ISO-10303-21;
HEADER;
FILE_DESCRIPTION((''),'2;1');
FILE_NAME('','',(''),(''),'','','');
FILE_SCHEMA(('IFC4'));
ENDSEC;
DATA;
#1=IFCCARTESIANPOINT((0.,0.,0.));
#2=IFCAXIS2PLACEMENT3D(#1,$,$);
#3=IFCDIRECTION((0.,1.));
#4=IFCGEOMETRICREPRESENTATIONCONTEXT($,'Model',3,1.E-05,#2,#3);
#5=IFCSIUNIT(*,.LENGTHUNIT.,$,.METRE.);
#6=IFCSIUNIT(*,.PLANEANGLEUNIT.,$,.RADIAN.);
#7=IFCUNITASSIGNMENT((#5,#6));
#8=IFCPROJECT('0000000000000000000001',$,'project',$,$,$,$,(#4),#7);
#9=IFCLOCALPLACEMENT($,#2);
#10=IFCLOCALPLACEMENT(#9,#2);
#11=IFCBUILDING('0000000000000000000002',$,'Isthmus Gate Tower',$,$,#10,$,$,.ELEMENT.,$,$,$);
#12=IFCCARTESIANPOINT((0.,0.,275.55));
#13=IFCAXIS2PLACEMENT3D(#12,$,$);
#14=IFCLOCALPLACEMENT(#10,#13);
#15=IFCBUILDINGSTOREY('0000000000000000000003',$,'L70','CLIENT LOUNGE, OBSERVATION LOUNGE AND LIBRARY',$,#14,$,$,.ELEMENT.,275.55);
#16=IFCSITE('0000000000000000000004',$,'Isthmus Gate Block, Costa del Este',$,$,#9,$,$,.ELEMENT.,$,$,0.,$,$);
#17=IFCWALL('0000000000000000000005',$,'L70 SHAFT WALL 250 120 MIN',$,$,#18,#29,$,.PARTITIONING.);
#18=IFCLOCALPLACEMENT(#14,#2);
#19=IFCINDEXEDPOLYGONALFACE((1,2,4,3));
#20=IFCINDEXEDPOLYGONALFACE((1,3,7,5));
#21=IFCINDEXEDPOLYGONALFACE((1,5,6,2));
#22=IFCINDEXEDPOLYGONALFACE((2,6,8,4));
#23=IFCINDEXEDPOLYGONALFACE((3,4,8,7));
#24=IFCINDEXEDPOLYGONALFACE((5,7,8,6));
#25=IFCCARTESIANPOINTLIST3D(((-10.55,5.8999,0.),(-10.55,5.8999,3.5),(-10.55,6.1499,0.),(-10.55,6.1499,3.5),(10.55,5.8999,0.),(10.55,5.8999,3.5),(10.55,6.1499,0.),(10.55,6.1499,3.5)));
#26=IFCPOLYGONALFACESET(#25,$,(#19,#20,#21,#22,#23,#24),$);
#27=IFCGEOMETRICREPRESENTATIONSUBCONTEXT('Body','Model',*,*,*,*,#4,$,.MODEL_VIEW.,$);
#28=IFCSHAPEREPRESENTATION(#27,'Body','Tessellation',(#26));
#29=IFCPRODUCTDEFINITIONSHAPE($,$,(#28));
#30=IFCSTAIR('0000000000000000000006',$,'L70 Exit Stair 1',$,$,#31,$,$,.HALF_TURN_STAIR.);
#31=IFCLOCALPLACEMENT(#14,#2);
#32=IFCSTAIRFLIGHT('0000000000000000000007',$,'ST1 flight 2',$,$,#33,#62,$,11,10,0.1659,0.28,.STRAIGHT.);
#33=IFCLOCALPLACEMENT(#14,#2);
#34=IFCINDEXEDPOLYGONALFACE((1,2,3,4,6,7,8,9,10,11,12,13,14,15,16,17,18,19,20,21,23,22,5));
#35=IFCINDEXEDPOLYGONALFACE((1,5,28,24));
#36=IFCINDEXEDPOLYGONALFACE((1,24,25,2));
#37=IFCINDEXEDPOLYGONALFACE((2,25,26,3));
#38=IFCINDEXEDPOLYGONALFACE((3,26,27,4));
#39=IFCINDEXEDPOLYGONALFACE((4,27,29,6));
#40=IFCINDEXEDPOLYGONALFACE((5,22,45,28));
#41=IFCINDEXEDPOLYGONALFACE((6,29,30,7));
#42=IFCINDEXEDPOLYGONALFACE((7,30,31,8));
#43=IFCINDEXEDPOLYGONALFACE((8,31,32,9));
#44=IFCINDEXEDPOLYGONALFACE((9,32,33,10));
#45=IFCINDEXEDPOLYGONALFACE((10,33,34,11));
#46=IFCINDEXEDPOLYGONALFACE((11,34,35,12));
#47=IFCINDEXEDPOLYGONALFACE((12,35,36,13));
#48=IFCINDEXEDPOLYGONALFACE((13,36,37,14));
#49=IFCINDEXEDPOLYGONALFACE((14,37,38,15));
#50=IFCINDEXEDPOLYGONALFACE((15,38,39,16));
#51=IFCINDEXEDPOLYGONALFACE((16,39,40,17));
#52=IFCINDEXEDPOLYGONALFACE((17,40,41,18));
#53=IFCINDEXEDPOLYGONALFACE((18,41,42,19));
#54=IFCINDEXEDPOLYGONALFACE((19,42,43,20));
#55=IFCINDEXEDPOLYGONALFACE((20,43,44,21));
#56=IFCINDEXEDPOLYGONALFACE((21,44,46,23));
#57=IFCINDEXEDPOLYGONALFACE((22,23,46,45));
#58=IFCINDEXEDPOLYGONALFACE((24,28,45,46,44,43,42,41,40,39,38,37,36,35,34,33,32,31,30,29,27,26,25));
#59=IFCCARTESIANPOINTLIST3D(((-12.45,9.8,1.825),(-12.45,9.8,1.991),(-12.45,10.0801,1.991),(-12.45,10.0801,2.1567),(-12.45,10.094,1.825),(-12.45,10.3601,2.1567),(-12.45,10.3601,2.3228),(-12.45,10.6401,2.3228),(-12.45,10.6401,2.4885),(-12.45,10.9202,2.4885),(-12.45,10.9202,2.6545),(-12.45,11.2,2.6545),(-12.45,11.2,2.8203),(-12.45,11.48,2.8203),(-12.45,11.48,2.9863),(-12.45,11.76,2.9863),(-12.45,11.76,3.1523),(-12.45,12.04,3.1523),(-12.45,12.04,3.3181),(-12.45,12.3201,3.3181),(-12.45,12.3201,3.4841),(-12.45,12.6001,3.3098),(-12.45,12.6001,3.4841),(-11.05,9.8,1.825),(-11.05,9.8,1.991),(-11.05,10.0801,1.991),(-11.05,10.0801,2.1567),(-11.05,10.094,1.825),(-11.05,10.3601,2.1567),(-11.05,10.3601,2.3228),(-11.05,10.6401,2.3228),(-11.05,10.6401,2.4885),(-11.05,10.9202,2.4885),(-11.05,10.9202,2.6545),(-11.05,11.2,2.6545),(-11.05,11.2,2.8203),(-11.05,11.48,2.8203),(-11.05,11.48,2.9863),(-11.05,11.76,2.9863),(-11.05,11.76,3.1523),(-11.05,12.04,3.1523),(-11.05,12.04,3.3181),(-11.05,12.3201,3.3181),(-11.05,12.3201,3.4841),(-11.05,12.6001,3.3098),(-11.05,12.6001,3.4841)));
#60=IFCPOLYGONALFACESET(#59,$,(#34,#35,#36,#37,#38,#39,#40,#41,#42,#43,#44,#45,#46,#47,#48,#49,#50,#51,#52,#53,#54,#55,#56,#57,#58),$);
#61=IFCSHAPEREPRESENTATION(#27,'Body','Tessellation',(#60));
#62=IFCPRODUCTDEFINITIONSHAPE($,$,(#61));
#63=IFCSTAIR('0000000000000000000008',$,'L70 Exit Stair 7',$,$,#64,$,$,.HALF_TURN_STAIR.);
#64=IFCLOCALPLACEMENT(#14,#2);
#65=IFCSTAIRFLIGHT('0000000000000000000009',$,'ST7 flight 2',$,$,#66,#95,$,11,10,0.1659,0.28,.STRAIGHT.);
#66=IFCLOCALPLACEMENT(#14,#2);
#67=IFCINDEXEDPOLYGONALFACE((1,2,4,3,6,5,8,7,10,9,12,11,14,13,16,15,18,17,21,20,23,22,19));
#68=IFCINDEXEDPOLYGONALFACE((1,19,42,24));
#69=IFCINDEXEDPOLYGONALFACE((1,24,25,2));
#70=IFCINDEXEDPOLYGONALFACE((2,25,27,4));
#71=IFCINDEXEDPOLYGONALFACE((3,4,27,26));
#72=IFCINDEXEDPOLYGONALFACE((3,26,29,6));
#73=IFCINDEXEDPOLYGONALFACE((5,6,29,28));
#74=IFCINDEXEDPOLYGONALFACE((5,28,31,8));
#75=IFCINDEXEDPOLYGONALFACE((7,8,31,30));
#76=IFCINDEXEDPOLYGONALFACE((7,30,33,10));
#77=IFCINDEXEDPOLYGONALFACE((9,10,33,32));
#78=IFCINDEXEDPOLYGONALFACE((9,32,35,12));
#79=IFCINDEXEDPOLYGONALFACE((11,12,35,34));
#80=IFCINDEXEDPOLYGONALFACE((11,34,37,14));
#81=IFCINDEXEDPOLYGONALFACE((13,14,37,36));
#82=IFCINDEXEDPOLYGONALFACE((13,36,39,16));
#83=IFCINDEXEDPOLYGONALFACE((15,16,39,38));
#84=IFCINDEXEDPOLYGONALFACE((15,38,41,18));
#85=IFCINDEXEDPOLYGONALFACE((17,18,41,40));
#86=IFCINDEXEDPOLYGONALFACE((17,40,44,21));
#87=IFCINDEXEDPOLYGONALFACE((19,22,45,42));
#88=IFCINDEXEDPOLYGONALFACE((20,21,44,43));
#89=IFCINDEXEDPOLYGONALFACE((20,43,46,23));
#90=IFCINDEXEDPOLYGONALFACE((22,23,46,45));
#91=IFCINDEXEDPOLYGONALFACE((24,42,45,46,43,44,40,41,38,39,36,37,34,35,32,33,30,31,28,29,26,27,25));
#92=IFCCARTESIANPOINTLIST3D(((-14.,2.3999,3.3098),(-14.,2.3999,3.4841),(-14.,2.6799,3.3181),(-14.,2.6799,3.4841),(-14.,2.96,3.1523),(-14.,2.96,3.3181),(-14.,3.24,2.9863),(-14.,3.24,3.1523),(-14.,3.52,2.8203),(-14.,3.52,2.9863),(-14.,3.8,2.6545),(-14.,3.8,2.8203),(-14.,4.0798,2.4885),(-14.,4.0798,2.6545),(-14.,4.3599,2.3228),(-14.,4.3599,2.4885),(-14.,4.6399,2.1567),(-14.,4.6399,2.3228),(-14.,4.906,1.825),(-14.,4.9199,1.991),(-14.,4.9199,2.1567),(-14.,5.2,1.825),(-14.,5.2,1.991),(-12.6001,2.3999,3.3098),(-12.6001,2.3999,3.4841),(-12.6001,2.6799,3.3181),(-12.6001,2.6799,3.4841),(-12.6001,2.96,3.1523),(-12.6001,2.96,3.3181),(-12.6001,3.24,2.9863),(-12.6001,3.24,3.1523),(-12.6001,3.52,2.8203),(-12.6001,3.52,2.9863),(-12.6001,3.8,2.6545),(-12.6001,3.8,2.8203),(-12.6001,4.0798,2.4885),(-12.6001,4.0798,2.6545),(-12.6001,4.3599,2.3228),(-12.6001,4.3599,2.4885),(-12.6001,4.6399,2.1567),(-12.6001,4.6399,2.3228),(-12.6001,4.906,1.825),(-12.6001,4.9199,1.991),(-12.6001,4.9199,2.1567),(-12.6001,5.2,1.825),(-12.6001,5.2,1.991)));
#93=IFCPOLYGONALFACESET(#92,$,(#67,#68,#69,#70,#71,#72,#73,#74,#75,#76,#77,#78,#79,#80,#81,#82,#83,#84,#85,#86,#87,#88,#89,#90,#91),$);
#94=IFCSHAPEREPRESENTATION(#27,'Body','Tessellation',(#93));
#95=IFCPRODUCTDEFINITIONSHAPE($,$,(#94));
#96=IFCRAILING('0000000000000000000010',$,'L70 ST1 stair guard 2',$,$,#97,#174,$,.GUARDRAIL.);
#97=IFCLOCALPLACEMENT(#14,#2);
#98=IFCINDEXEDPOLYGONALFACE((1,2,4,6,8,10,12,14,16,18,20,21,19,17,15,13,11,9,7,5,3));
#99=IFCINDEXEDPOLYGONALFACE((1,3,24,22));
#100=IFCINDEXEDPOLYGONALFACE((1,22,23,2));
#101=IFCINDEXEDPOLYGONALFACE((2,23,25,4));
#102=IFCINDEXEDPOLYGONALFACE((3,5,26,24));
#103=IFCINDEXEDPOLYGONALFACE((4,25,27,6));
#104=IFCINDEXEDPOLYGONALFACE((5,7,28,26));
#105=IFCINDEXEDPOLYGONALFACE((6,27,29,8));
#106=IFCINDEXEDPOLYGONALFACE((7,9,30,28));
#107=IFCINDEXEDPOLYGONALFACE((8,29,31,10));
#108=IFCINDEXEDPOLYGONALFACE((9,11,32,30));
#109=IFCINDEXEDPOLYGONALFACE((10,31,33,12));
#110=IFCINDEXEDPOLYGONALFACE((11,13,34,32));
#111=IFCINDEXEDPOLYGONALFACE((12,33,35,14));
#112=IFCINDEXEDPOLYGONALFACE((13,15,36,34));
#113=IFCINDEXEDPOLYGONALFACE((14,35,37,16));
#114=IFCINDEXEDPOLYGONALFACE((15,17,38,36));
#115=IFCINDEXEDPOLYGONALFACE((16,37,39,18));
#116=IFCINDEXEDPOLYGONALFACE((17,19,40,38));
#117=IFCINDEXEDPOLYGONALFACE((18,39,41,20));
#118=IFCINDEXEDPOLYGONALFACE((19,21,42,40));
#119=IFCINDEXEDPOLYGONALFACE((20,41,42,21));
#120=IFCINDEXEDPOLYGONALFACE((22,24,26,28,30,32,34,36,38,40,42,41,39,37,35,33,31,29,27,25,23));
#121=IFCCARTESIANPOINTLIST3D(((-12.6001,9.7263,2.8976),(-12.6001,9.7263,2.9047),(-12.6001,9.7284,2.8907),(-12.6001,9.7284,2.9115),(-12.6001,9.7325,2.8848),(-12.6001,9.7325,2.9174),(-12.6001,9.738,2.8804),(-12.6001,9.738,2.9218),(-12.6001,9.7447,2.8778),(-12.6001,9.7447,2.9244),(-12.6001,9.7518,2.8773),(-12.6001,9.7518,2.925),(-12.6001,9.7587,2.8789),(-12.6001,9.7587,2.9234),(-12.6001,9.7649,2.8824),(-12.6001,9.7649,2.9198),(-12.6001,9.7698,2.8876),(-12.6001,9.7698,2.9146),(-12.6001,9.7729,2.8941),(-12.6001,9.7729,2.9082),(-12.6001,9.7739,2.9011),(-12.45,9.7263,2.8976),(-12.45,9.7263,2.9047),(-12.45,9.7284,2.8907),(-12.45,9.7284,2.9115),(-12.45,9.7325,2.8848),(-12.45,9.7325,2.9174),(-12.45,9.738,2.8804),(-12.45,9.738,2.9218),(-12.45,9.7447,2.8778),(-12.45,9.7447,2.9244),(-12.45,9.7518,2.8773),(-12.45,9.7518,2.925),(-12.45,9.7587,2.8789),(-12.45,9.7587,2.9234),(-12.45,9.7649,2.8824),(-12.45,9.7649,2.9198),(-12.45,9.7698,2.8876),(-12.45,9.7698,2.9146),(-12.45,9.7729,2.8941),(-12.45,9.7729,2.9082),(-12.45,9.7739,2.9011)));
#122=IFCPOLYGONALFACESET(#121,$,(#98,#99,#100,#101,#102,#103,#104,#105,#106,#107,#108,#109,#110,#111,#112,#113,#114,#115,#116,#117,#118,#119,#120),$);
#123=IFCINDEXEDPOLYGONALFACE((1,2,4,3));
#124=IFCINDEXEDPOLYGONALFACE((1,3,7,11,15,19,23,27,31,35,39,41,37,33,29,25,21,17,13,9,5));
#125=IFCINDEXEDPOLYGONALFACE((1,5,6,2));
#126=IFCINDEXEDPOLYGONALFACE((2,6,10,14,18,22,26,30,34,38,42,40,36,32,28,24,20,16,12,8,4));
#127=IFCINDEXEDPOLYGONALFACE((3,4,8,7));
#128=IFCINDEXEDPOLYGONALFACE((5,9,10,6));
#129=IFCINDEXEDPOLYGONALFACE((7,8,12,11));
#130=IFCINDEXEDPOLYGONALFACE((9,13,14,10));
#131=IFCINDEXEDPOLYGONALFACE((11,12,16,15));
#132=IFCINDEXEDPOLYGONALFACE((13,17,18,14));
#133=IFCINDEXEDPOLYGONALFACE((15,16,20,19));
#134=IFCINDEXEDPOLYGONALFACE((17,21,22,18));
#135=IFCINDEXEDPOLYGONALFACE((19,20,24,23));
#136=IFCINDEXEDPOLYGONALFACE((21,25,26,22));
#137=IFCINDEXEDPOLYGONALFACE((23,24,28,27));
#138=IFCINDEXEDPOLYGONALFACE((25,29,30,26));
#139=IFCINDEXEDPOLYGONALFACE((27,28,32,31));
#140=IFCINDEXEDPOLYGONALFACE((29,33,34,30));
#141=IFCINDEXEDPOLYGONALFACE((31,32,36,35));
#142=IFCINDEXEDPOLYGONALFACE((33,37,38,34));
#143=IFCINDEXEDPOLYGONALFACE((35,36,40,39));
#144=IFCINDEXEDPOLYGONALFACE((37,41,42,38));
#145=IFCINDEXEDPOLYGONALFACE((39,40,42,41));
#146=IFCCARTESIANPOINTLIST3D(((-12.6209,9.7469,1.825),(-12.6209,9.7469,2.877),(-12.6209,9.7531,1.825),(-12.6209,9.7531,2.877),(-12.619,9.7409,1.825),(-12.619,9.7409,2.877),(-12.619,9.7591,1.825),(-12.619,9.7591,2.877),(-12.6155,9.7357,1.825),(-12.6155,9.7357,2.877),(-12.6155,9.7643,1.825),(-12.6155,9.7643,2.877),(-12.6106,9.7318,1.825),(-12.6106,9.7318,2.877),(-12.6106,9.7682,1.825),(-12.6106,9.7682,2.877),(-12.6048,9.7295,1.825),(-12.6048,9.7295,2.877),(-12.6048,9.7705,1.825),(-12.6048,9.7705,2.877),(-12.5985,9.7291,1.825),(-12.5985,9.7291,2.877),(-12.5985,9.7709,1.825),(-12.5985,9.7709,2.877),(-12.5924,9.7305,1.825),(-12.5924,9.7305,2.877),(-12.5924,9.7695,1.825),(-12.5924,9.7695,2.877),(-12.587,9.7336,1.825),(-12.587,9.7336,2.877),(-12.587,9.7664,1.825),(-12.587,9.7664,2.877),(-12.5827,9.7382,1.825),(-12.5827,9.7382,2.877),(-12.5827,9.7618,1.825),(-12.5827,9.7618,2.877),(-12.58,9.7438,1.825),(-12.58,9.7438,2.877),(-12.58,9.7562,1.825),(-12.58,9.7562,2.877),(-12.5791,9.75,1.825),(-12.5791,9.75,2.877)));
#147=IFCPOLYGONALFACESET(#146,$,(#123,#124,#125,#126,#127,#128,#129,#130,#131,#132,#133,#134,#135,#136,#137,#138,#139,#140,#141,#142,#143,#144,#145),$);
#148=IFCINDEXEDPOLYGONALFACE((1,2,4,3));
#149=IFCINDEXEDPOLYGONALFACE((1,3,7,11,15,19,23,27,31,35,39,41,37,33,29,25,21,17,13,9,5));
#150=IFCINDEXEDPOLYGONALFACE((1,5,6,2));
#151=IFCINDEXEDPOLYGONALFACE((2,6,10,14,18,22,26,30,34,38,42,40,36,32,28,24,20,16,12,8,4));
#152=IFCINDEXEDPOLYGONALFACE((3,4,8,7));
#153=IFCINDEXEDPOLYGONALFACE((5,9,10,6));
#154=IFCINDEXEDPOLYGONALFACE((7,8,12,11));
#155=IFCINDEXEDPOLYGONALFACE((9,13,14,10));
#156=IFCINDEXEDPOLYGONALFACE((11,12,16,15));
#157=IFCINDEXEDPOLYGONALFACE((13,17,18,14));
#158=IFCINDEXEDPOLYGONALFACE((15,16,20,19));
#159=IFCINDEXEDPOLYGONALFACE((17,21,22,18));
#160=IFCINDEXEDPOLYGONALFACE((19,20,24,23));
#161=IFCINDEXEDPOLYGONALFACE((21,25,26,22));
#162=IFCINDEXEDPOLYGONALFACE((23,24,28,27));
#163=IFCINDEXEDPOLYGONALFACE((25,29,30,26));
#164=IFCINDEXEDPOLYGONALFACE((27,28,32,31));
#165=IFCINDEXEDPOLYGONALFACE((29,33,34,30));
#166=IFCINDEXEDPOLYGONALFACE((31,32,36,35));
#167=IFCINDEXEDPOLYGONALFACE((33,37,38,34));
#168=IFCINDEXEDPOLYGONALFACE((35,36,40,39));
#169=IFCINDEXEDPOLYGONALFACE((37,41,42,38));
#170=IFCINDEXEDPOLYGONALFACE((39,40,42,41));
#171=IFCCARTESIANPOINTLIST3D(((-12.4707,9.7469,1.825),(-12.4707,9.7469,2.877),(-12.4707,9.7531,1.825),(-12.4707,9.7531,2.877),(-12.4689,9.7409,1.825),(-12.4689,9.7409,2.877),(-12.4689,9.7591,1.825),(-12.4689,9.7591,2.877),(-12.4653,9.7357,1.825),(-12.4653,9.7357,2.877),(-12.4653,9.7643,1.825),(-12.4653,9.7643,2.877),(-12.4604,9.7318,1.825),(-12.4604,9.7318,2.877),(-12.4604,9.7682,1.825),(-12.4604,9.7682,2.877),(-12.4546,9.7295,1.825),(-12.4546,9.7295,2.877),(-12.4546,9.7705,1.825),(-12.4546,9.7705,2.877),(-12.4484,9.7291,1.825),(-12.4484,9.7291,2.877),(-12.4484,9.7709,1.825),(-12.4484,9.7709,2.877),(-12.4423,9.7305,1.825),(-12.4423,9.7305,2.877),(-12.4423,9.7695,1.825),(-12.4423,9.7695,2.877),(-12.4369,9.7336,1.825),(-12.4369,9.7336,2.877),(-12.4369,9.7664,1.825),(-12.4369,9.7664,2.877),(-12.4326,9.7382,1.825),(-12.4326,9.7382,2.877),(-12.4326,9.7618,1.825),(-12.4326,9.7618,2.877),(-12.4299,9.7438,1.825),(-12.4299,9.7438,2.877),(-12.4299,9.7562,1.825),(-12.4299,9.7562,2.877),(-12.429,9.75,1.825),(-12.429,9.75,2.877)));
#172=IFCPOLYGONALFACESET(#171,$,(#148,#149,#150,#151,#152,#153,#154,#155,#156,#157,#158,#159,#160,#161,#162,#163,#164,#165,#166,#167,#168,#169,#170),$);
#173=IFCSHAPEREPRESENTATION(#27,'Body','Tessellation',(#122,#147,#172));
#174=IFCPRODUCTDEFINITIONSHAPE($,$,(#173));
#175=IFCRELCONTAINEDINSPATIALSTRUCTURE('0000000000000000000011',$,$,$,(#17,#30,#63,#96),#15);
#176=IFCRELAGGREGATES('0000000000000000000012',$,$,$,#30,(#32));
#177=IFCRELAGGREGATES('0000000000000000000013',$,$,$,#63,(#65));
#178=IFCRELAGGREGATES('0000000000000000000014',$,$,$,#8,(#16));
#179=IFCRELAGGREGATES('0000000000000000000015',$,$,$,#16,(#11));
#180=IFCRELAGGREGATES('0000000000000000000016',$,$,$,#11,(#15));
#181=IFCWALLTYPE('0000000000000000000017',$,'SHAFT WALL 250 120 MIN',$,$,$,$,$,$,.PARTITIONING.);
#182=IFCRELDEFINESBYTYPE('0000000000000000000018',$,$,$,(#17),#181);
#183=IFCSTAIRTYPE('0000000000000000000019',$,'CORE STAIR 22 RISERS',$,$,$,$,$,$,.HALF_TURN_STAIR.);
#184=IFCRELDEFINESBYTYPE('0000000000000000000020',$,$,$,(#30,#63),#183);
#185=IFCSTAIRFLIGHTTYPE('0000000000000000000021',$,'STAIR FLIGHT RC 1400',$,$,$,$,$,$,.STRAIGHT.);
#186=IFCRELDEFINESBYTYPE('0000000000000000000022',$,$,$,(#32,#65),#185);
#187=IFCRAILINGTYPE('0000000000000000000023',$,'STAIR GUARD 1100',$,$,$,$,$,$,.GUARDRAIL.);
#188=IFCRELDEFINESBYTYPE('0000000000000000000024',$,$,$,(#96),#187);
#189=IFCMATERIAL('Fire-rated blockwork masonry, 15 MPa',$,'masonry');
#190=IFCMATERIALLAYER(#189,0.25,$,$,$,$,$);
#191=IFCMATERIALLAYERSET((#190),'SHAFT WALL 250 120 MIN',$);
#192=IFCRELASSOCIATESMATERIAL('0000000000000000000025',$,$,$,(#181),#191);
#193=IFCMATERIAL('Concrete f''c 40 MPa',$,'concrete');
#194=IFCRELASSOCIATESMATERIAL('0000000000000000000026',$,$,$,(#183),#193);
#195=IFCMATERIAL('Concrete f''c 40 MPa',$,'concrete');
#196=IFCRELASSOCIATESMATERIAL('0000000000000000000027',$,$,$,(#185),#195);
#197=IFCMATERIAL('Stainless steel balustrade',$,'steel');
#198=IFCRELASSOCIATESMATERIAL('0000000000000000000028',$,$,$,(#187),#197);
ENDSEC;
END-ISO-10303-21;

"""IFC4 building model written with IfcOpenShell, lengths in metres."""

from ifc_helpers import new_model, si_unit, direction, frame, frame_2d, origin, origin_2d, place, context, subcontext, project, spatial, polyline, rectangle, circle, outline, extrude, material, layer, layer_set, type_object, element, aggregate, save


model = new_model("IFC4")

# Units and contexts
model_context = context("Model", 3, precision=1e-05, world=origin(), true_north=direction((0.0, 1.0)))
body_context = subcontext(model_context, "Body", "Model", "MODEL_VIEW")
ifc_project = project(units=[si_unit("LENGTHUNIT", "METRE"), si_unit("PLANEANGLEUNIT", "RADIAN")], contexts=[model_context])

# Site, building, storey
site_placement = place(None, origin())
site = spatial("IfcSite", under=ifc_project, at=site_placement, Name="Isthmus Gate Block, Costa del Este", CompositionType="ELEMENT", RefElevation=0.0)
building_placement = place(site_placement, origin())
building = spatial("IfcBuilding", under=site, at=building_placement, Name="Isthmus Gate Tower", CompositionType="ELEMENT")
storey_placement = place(building_placement, frame((0.0, 0.0, 275.55)))
storey = spatial("IfcBuildingStorey", under=building, at=storey_placement, Name="L70", Description="CLIENT LOUNGE, OBSERVATION LOUNGE AND LIBRARY", CompositionType="ELEMENT", Elevation=275.55)

# Wall
ifc_material_1 = material(Name="Fire-rated blockwork masonry, 15 MPa", Category="masonry")
ifc_layer_1 = layer(ifc_material_1, 0.25)
ifc_layer_set_1 = layer_set([ifc_layer_1], Name="SHAFT WALL 250 120 MIN")
wall_type_1 = type_object("IfcWallType", Name="SHAFT WALL 250 120 MIN", PredefinedType="PARTITIONING", material=ifc_layer_set_1)
wall_1_placement = place(storey_placement, frame((-10.55, 6.0249, 0.0), z_axis=(0.0, 0.0, 1.0), x_axis=(1.0, 0.0, 0.0)))
element("IfcWall", 1, at=wall_1_placement, inside=storey, type_object=wall_type_1, Name="L70 SHAFT WALL 250 120 MIN", PredefinedType="PARTITIONING", context=body_context, shape_type="SweptSolid", body=[
    extrude(rectangle(XDim=21.1001, YDim=0.25, at=frame_2d((10.55, 0.0))), origin(), (0.0, 0.0, 1.0), 3.5),
])

# Stairs, stair flights
ifc_material_2 = material(Name="Concrete f'c 40 MPa", Category="concrete")
stair_type = type_object("IfcStairType", Name="CORE STAIR 22 RISERS", PredefinedType="HALF_TURN_STAIR", material=ifc_material_2)
stair_1_placement = place(storey_placement, origin())
stair_1 = element("IfcStair", 2, at=stair_1_placement, inside=storey, type_object=stair_type, Name="L70 Exit Stair 1", PredefinedType="HALF_TURN_STAIR")
ifc_material_3 = material(Name="Concrete f'c 40 MPa", Category="concrete")
stair_flight_type = type_object("IfcStairFlightType", Name="STAIR FLIGHT RC 1400", PredefinedType="STRAIGHT", material=ifc_material_3)
stair_flight_1_placement = place(storey_placement, frame((-11.75, 9.8, 1.825), z_axis=(0.0, 0.0, 1.0), x_axis=(0.0, 1.0, 0.0)))
stair_flight_1 = element("IfcStairFlight", 3, at=stair_flight_1_placement, type_object=stair_flight_type, Name="ST1 flight 2", NumberOfRisers=11, NumberOfTreads=10, PredefinedType="STRAIGHT", RiserHeight=0.1659, TreadLength=0.28, context=body_context, shape_type="SweptSolid", body=[
    extrude(outline(polyline([(0.0, 0.0), (0.0, 0.166), (0.28, 0.166), (0.28, 0.3318), (0.5601, 0.3318), (0.5601, 0.4978), (0.8401, 0.4978), (0.8401, 0.6636), (1.1201, 0.6636), (1.1201, 0.8296), (1.3999, 0.8296), (1.3999, 0.9954), (1.6799, 0.9954), (1.6799, 1.1614), (1.96, 1.1614), (1.96, 1.3274), (2.24, 1.3274), (2.24, 1.4932), (2.52, 1.4932), (2.52, 1.6592), (2.8, 1.6592), (2.8, 1.825), (2.8, 1.4849), (0.2939, 0.0), (0.0, 0.0)])), frame((0.0, 0.7, 0.0), z_axis=(0.0, -1.0, 0.0), x_axis=(1.0, 0.0, 0.0)), (0.0, 0.0, 1.0), 1.3999),
])
aggregate(stair_1, [stair_flight_1])
stair_2_placement = place(storey_placement, origin())
stair_2 = element("IfcStair", 4, at=stair_2_placement, inside=storey, type_object=stair_type, Name="L70 Exit Stair 7", PredefinedType="HALF_TURN_STAIR")
stair_flight_2_placement = place(storey_placement, frame((-13.3, 5.2, 1.825), z_axis=(0.0, 0.0, 1.0), x_axis=(0.0, -1.0, 0.0)))
stair_flight_2 = element("IfcStairFlight", 5, at=stair_flight_2_placement, type_object=stair_flight_type, Name="ST7 flight 2", NumberOfRisers=11, NumberOfTreads=10, PredefinedType="STRAIGHT", RiserHeight=0.1659, TreadLength=0.28, context=body_context, shape_type="SweptSolid", body=[
    extrude(outline(polyline([(0.0, 0.0), (0.0, 0.166), (0.28, 0.166), (0.28, 0.3318), (0.5601, 0.3318), (0.5601, 0.4978), (0.8401, 0.4978), (0.8401, 0.6636), (1.1201, 0.6636), (1.1201, 0.8296), (1.3999, 0.8296), (1.3999, 0.9954), (1.6799, 0.9954), (1.6799, 1.1614), (1.96, 1.1614), (1.96, 1.3274), (2.24, 1.3274), (2.24, 1.4932), (2.52, 1.4932), (2.52, 1.6592), (2.8, 1.6592), (2.8, 1.825), (2.8, 1.4849), (0.2939, 0.0), (0.0, 0.0)])), frame((0.0, 0.7, 0.0), z_axis=(0.0, -1.0, 0.0), x_axis=(1.0, 0.0, 0.0)), (0.0, 0.0, 1.0), 1.3999),
])
aggregate(stair_2, [stair_flight_2])

# Railing
ifc_material_4 = material(Name="Stainless steel balustrade", Category="steel")
railing_type_1 = type_object("IfcRailingType", Name="STAIR GUARD 1100", PredefinedType="GUARDRAIL", material=ifc_material_4)
railing_1_placement = place(storey_placement, frame((-12.6001, 9.75, 1.825)))
element("IfcRailing", 6, at=railing_1_placement, inside=storey, type_object=railing_type_1, Name="L70 ST1 stair guard 2", PredefinedType="GUARDRAIL", context=body_context, shape_type="SweptSolid", body=[
    extrude(circle(Radius=0.0239, at=origin_2d()), frame((0.0, 0.0, 1.0762), z_axis=(1.0, 0.0, 0.0), x_axis=(0.0, 1.0, 0.0)), (0.0, 0.0, 1.0), 0.1501),
    extrude(circle(Radius=0.021, at=origin_2d()), origin(), (0.0, 0.0, 1.0), 1.052),
    extrude(circle(Radius=0.021, at=origin_2d()), frame((0.1501, 0.0, 0.0)), (0.0, 0.0, 1.0), 1.052),
])

save(model, "model.ifc")
